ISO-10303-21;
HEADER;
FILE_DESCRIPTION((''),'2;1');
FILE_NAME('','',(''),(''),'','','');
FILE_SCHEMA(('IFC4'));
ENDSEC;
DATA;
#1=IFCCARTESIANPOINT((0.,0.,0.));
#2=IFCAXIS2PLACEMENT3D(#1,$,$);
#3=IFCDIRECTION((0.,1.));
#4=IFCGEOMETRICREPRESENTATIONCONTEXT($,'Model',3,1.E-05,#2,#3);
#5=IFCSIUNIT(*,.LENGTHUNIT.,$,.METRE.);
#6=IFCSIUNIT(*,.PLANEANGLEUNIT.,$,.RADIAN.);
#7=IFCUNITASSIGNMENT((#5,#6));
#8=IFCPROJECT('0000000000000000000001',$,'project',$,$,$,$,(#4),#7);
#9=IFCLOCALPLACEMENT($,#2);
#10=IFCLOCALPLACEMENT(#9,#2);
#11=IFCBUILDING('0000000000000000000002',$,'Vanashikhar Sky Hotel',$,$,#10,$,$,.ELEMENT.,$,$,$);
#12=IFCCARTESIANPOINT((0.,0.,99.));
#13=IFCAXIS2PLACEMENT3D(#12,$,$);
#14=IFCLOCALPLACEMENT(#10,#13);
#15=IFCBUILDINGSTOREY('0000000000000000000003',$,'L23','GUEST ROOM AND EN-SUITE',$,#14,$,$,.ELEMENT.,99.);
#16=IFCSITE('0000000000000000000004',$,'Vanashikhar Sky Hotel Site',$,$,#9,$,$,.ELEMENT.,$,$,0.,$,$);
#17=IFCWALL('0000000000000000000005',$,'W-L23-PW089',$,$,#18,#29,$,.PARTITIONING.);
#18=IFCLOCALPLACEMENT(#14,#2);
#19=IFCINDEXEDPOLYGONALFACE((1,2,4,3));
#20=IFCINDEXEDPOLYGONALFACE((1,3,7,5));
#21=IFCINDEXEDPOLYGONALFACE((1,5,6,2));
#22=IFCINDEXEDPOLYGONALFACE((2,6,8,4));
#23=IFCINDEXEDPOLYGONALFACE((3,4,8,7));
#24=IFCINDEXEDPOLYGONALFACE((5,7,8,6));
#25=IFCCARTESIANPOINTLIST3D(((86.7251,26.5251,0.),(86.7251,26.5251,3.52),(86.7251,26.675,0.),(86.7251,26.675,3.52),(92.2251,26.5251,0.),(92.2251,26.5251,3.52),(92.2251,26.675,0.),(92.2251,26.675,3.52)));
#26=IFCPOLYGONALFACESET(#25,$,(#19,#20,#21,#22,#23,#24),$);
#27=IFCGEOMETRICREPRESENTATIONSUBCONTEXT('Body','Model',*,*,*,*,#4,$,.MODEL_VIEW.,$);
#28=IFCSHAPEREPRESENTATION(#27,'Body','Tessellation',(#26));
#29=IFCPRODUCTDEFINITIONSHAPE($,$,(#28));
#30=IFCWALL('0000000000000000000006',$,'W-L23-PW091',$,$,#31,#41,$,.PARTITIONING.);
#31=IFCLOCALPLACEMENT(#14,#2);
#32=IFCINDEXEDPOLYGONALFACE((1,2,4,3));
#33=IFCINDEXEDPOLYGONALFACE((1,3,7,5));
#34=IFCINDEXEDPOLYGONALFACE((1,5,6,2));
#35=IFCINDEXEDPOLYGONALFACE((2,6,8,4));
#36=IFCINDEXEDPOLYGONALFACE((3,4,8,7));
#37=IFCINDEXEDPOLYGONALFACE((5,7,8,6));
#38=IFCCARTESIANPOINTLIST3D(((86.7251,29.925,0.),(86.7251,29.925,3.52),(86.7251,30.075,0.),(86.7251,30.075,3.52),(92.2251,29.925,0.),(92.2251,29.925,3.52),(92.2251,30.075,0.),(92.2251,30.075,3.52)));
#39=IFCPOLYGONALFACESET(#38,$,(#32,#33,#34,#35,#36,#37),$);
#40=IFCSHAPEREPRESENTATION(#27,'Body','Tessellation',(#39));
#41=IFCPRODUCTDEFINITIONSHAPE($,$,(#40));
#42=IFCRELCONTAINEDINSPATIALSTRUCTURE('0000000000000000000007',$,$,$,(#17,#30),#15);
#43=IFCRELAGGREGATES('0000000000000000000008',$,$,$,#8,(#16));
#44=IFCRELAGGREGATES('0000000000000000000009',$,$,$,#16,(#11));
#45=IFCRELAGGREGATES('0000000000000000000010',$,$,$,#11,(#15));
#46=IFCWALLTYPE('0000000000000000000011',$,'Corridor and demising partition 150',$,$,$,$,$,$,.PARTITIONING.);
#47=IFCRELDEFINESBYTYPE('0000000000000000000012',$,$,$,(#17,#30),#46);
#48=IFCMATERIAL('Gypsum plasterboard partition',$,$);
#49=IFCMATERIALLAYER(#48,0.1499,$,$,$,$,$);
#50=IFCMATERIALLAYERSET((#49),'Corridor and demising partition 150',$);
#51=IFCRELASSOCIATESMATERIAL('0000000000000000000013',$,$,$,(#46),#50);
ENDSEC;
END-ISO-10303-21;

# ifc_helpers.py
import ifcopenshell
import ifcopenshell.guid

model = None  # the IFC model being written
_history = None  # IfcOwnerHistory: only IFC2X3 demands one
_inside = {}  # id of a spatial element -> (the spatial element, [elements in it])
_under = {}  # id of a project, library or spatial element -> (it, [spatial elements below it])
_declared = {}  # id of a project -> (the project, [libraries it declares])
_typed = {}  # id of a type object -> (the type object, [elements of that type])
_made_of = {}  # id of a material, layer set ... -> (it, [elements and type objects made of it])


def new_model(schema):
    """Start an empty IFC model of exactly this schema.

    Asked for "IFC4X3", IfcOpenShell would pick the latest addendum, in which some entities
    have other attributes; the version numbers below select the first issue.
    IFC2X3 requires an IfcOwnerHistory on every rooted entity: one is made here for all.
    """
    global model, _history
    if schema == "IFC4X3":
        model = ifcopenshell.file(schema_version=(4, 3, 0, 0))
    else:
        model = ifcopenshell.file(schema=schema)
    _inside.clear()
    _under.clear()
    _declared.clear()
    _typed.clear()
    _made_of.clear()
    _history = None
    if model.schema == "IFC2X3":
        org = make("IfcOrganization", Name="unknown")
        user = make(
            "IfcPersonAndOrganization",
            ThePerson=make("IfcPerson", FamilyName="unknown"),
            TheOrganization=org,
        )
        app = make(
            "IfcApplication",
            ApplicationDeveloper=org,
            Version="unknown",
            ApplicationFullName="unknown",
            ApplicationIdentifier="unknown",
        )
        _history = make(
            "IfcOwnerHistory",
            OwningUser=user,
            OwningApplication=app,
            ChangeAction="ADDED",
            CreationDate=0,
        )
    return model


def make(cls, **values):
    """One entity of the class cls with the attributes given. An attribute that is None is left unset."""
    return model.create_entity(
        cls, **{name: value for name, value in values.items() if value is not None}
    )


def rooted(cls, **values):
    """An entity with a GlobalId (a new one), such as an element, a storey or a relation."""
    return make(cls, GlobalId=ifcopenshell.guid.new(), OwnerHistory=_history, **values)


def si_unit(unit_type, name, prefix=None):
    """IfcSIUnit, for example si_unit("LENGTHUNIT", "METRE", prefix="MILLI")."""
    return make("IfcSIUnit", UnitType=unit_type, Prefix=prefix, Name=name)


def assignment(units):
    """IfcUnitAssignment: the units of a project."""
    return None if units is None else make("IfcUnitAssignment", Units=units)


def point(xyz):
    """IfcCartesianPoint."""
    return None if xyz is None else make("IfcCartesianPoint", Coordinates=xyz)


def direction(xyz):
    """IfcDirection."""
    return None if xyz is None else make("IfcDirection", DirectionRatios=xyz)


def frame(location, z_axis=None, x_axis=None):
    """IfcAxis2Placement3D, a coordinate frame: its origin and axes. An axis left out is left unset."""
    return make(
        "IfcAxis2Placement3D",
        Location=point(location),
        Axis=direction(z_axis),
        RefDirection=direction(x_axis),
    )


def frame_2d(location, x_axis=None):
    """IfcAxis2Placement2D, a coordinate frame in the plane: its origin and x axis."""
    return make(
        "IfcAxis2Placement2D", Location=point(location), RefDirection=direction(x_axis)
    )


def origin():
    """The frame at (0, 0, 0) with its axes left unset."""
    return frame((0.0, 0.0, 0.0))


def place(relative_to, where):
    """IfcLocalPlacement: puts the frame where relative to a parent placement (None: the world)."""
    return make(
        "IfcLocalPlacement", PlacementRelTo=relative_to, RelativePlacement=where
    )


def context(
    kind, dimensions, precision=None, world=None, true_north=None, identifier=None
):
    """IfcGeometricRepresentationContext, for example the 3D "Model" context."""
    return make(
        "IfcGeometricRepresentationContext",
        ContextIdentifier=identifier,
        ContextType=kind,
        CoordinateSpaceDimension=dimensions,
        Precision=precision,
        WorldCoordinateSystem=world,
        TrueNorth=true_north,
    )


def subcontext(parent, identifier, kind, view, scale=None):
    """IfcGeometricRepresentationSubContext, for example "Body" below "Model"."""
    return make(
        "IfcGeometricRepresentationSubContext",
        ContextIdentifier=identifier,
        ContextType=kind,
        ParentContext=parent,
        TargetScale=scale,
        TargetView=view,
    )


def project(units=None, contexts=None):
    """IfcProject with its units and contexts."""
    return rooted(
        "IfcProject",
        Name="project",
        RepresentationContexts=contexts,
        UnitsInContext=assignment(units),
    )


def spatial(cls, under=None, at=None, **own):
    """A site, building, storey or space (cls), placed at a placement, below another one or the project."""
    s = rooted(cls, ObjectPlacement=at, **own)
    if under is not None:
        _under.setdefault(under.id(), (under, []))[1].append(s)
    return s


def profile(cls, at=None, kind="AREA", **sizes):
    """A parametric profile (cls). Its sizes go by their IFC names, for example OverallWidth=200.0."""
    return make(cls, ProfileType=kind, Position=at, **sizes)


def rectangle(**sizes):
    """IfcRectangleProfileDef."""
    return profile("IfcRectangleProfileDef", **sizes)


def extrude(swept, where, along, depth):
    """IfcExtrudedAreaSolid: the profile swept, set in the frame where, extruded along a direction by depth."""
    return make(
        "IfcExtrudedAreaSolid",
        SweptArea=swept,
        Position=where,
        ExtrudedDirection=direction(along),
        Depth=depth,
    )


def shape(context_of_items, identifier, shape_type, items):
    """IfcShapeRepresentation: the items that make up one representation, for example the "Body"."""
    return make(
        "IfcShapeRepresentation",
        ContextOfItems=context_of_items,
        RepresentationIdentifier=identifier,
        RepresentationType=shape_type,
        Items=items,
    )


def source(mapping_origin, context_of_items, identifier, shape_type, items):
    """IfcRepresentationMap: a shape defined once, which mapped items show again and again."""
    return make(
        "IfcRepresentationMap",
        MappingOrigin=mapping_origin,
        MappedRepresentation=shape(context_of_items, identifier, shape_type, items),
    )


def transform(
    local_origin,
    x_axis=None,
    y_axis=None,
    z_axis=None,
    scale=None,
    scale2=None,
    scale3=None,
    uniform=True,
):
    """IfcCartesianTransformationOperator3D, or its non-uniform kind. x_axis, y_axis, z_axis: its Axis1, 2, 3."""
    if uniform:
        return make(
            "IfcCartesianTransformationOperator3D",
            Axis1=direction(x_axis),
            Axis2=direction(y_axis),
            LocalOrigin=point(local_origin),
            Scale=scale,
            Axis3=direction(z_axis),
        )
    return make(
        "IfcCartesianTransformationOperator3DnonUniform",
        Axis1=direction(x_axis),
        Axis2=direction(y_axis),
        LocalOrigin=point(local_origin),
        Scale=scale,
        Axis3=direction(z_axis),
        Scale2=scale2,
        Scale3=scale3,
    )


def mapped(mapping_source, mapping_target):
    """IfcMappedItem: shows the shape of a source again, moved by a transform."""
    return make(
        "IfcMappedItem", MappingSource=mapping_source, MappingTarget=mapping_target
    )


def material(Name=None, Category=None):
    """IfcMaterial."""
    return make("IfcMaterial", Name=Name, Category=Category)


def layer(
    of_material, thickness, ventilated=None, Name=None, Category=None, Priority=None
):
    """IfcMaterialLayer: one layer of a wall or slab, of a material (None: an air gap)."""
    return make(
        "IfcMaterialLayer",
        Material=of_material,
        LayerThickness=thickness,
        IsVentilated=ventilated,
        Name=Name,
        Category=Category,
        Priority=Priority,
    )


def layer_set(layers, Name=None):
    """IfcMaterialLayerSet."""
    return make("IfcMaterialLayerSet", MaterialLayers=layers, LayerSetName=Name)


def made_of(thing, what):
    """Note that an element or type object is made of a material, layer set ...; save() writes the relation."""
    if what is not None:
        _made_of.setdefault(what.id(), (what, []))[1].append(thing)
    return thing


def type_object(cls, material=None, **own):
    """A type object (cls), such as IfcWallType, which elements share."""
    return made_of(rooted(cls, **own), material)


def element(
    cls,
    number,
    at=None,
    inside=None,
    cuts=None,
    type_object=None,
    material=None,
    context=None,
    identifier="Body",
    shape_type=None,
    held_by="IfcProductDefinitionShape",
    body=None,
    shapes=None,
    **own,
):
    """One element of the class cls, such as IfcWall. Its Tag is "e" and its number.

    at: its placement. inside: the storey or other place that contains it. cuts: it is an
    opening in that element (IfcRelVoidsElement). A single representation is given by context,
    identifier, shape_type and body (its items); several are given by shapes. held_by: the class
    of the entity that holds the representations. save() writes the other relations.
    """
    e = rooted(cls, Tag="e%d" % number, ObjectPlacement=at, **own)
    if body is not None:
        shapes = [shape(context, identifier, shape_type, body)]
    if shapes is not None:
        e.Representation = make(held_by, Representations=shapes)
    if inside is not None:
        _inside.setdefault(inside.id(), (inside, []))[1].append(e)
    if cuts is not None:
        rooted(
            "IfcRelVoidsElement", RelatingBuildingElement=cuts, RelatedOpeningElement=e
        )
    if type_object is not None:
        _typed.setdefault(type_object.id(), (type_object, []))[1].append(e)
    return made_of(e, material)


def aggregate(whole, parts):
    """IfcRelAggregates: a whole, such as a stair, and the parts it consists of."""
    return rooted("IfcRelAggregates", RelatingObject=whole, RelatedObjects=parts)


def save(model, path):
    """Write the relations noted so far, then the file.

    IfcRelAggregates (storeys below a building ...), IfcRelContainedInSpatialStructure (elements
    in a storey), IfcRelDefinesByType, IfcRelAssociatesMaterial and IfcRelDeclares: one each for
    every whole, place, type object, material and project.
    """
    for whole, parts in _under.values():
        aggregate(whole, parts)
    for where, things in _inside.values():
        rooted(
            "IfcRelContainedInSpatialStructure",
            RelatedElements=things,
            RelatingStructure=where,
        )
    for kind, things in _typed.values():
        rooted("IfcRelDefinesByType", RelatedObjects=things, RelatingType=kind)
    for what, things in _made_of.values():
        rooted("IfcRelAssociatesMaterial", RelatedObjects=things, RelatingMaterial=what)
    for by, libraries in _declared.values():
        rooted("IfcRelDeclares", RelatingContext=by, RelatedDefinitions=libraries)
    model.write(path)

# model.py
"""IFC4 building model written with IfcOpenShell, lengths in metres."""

from ifc_helpers import new_model, si_unit, direction, frame, frame_2d, origin, place, context, subcontext, project, spatial, rectangle, extrude, source, transform, mapped, material, layer, layer_set, type_object, element, save


model = new_model("IFC4")

# Units and contexts
model_context = context("Model", 3, precision=1e-05, world=origin(), true_north=direction((0.0, 1.0)))
body_context = subcontext(model_context, "Body", "Model", "MODEL_VIEW")
ifc_project = project(units=[si_unit("LENGTHUNIT", "METRE"), si_unit("PLANEANGLEUNIT", "RADIAN")], contexts=[model_context])

# Site, building, storey
site_placement = place(None, origin())
site = spatial("IfcSite", under=ifc_project, at=site_placement, Name="Vanashikhar Sky Hotel Site", CompositionType="ELEMENT", RefElevation=0.0)
building_placement = place(site_placement, origin())
building = spatial("IfcBuilding", under=site, at=building_placement, Name="Vanashikhar Sky Hotel", CompositionType="ELEMENT")
storey_placement = place(building_placement, frame((0.0, 0.0, 99.0)))
storey = spatial("IfcBuildingStorey", under=building, at=storey_placement, Name="L23", Description="GUEST ROOM AND EN-SUITE", CompositionType="ELEMENT", Elevation=99.0)

# Shared definitions
ifc_material_1 = material(Name="Gypsum plasterboard partition")
ifc_layer_1 = layer(ifc_material_1, 0.1499)
ifc_layer_set_1 = layer_set([ifc_layer_1], Name="Corridor and demising partition 150")
wall_type_1 = type_object("IfcWallType", Name="Corridor and demising partition 150", PredefinedType="PARTITIONING", material=ifc_layer_set_1)

# Walls
shared_shape_1 = source(origin(), body_context, "Body", "SweptSolid", [
    extrude(rectangle(XDim=5.5, YDim=0.1499, at=frame_2d((2.75, 0.0))), origin(), (0.0, 0.0, 1.0), 3.52),
])
for number, where, z_axis, x_axis, name in (
    (1, (86.7251, 26.6001, 0.0), (0.0, 0.0, 1.0), (1.0, 0.0, 0.0), "W-L23-PW089"),
    (2, (86.7251, 30.0, 0.0), (0.0, 0.0, 1.0), (1.0, 0.0, 0.0), "W-L23-PW091"),
):
    element("IfcWall", number, at=place(storey_placement, frame(where, z_axis=z_axis, x_axis=x_axis)), inside=storey, type_object=wall_type_1, Name=name, PredefinedType="PARTITIONING", context=body_context, shape_type="MappedRepresentation", body=[
        mapped(shared_shape_1, transform((0.0, 0.0, 0.0), scale=1.0)),
    ])

save(model, "model.ifc")
